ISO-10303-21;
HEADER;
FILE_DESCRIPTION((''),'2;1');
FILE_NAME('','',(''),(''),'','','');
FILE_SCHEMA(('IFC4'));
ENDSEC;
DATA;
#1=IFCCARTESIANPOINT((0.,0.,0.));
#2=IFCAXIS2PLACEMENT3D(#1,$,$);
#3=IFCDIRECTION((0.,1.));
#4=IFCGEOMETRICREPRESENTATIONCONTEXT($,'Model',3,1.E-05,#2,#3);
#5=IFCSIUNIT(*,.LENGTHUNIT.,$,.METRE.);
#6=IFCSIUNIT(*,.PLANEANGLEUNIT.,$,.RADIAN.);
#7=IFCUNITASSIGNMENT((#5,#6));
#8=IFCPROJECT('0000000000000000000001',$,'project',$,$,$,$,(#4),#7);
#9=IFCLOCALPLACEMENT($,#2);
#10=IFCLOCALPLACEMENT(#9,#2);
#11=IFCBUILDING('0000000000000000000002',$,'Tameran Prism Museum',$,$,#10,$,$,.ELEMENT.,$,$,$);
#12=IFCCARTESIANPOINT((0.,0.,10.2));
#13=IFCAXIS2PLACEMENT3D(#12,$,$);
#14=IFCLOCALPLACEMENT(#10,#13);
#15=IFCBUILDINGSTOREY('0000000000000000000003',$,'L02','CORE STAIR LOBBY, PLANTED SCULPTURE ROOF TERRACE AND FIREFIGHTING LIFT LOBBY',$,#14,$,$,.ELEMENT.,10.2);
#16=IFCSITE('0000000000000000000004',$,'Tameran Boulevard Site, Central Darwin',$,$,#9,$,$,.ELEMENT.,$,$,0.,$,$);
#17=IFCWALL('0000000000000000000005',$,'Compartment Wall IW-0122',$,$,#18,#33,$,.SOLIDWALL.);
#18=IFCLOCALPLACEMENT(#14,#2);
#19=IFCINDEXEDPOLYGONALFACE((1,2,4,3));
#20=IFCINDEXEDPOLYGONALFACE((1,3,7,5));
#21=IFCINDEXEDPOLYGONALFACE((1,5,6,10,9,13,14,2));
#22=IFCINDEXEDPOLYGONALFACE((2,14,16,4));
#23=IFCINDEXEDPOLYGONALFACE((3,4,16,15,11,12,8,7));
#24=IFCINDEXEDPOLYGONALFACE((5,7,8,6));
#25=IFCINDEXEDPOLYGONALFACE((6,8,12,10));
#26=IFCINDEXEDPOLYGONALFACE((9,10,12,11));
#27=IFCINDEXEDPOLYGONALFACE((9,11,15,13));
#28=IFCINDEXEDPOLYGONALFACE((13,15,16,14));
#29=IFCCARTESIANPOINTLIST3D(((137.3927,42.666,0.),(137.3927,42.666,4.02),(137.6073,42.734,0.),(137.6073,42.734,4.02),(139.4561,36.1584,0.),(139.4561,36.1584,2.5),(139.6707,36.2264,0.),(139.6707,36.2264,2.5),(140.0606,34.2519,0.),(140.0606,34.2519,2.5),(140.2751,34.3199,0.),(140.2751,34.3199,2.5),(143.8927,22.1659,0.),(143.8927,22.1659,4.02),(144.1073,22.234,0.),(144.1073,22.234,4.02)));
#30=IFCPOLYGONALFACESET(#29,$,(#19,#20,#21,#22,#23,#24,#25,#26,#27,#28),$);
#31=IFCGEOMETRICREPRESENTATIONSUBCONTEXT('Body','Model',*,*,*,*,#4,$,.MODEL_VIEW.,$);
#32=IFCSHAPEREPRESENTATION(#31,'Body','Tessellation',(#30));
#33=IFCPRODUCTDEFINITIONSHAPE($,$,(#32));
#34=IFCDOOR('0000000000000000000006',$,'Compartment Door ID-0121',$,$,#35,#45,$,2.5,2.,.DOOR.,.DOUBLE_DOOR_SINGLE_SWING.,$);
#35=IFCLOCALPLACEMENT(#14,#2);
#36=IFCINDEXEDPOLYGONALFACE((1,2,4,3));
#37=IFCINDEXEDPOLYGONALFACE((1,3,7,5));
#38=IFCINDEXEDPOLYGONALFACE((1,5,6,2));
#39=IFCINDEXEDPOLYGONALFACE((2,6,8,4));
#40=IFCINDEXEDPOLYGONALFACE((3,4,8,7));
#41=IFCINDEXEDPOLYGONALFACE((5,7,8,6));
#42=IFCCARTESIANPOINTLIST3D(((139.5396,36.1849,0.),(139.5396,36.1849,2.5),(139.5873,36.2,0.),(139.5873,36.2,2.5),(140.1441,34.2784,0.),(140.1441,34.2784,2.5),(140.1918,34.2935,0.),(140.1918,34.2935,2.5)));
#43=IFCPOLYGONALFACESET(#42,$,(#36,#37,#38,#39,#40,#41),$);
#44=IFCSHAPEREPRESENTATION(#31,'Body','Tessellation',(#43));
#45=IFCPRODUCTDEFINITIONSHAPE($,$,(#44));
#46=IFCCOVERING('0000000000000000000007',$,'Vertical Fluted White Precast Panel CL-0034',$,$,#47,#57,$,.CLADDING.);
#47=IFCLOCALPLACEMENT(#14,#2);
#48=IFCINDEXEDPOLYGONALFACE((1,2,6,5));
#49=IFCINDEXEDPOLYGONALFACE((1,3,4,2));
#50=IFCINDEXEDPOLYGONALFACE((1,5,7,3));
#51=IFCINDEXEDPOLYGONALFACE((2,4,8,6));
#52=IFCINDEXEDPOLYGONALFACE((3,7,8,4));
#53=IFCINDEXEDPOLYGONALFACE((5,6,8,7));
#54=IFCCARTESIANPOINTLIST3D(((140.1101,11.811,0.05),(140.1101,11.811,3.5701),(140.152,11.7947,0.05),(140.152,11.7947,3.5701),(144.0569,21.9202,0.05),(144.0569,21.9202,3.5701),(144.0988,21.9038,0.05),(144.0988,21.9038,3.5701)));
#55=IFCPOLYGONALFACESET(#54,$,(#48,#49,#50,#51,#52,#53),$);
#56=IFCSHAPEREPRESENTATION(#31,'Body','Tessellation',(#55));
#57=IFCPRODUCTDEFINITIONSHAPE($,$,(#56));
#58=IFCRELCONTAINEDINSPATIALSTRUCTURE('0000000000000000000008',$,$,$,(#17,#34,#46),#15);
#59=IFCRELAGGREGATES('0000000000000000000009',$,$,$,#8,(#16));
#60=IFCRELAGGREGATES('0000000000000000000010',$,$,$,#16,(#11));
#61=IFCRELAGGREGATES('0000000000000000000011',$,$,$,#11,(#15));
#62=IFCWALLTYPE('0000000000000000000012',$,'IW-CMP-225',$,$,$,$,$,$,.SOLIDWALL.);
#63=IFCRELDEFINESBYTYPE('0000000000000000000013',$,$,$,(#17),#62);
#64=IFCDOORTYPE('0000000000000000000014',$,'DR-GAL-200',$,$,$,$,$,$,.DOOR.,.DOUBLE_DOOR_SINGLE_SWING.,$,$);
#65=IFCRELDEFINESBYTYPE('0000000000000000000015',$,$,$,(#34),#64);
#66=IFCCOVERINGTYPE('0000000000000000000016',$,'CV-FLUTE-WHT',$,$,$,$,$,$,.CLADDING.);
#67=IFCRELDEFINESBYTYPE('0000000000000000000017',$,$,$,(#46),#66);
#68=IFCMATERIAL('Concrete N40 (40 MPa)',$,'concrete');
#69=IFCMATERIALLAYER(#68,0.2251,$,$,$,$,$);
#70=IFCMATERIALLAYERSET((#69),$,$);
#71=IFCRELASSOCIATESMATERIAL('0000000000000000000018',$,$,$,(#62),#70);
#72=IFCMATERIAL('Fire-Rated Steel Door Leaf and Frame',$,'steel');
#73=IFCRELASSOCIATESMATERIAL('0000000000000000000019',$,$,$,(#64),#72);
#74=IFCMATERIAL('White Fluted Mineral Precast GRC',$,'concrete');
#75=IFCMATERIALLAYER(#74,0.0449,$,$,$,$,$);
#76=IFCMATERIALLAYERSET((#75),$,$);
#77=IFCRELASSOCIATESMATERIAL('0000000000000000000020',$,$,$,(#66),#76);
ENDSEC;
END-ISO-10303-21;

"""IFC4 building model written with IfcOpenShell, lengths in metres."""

from ifc_helpers import new_model, si_unit, direction, frame, frame_2d, origin, place, context, subcontext, project, spatial, rectangle, extrude, material, layer, layer_set, type_object, element, fill, save


model = new_model("IFC4")

# Units and contexts
model_context = context("Model", 3, precision=1e-05, world=origin(), true_north=direction((0.0, 1.0)))
body_context = subcontext(model_context, "Body", "Model", "MODEL_VIEW")
ifc_project = project(units=[si_unit("LENGTHUNIT", "METRE"), si_unit("PLANEANGLEUNIT", "RADIAN")], contexts=[model_context])

# Site, building, storey
site_placement = place(None, origin())
site = spatial("IfcSite", under=ifc_project, at=site_placement, Name="Tameran Boulevard Site, Central Darwin", CompositionType="ELEMENT", RefElevation=0.0)
building_placement = place(site_placement, origin())
building = spatial("IfcBuilding", under=site, at=building_placement, Name="Tameran Prism Museum", CompositionType="ELEMENT")
storey_placement = place(building_placement, frame((0.0, 0.0, 10.2)))
storey = spatial("IfcBuildingStorey", under=building, at=storey_placement, Name="L02", Description="CORE STAIR LOBBY, PLANTED SCULPTURE ROOF TERRACE AND FIREFIGHTING LIFT LOBBY", CompositionType="ELEMENT", Elevation=10.2)

# Wall, opening, door
ifc_material_1 = material(Name="Concrete N40 (40 MPa)", Category="concrete")
ifc_layer_1 = layer(ifc_material_1, 0.2251)
ifc_layer_set_1 = layer_set([ifc_layer_1])
wall_type_1 = type_object("IfcWallType", Name="IW-CMP-225", PredefinedType="SOLIDWALL", material=ifc_layer_set_1)
wall_1_placement = place(storey_placement, frame((144.0, 22.2, 0.0), z_axis=(0.0, 0.0, 1.0), x_axis=(-0.302244, 0.953231, 0.0)))
wall_1 = element("IfcWall", 1, at=wall_1_placement, inside=storey, type_object=wall_type_1, Name="Compartment Wall IW-0122", PredefinedType="SOLIDWALL", context=body_context, shape_type="SweptSolid", body=[
    extrude(rectangle(XDim=21.5059, YDim=0.2251, at=frame_2d((10.7529, 0.0))), origin(), (0.0, 0.0, 1.0), 4.02),
])
opening_1_placement = place(wall_1_placement, frame((12.679, 0.0, 0.0)))
opening_1 = element("IfcOpeningElement", 2, at=opening_1_placement, cuts=wall_1, PredefinedType="OPENING", context=body_context, shape_type="SweptSolid", body=[
    extrude(rectangle(XDim=2.0, YDim=2.5, at=frame_2d((1.0, 1.25))), frame((0.0, 0.1226, 0.0), z_axis=(0.0, -1.0, 0.0), x_axis=(1.0, 0.0, 0.0)), (0.0, 0.0, 1.0), 0.2451),
])
ifc_material_2 = material(Name="Fire-Rated Steel Door Leaf and Frame", Category="steel")
door_type_1 = type_object("IfcDoorType", Name="DR-GAL-200", OperationType="DOUBLE_DOOR_SINGLE_SWING", PredefinedType="DOOR", material=ifc_material_2)
door_1_placement = place(opening_1_placement, origin())
door_1 = element("IfcDoor", 3, at=door_1_placement, inside=storey, type_object=door_type_1, Name="Compartment Door ID-0121", OperationType="DOUBLE_DOOR_SINGLE_SWING", OverallHeight=2.5, OverallWidth=2.0, PredefinedType="DOOR", context=body_context, shape_type="SweptSolid", body=[
    extrude(rectangle(XDim=2.0, YDim=2.5, at=frame_2d((1.0, 1.25))), frame((0.0, 0.0249, 0.0), z_axis=(0.0, -1.0, 0.0), x_axis=(1.0, 0.0, 0.0)), (0.0, 0.0, 1.0), 0.05),
])
fill(opening_1, door_1)

# Covering
ifc_material_3 = material(Name="White Fluted Mineral Precast GRC", Category="concrete")
ifc_layer_2 = layer(ifc_material_3, 0.0449)
ifc_layer_set_2 = layer_set([ifc_layer_2])
covering_type = type_object("IfcCoveringType", Name="CV-FLUTE-WHT", PredefinedType="CLADDING", material=ifc_layer_set_2)
covering_placement = place(storey_placement, frame((144.0779, 21.9121, 0.05), z_axis=(0.0, 0.0, 1.0), x_axis=(-0.363682, -0.931523, 0.0)))
element("IfcCovering", 4, at=covering_placement, inside=storey, type_object=covering_type, Name="Vertical Fluted White Precast Panel CL-0034", PredefinedType="CLADDING", context=body_context, shape_type="SweptSolid", body=[
    extrude(rectangle(XDim=10.8523, YDim=0.0449, at=frame_2d((5.4263, 0.0))), origin(), (0.0, 0.0, 1.0), 3.52),
])

save(model, "model.ifc")
